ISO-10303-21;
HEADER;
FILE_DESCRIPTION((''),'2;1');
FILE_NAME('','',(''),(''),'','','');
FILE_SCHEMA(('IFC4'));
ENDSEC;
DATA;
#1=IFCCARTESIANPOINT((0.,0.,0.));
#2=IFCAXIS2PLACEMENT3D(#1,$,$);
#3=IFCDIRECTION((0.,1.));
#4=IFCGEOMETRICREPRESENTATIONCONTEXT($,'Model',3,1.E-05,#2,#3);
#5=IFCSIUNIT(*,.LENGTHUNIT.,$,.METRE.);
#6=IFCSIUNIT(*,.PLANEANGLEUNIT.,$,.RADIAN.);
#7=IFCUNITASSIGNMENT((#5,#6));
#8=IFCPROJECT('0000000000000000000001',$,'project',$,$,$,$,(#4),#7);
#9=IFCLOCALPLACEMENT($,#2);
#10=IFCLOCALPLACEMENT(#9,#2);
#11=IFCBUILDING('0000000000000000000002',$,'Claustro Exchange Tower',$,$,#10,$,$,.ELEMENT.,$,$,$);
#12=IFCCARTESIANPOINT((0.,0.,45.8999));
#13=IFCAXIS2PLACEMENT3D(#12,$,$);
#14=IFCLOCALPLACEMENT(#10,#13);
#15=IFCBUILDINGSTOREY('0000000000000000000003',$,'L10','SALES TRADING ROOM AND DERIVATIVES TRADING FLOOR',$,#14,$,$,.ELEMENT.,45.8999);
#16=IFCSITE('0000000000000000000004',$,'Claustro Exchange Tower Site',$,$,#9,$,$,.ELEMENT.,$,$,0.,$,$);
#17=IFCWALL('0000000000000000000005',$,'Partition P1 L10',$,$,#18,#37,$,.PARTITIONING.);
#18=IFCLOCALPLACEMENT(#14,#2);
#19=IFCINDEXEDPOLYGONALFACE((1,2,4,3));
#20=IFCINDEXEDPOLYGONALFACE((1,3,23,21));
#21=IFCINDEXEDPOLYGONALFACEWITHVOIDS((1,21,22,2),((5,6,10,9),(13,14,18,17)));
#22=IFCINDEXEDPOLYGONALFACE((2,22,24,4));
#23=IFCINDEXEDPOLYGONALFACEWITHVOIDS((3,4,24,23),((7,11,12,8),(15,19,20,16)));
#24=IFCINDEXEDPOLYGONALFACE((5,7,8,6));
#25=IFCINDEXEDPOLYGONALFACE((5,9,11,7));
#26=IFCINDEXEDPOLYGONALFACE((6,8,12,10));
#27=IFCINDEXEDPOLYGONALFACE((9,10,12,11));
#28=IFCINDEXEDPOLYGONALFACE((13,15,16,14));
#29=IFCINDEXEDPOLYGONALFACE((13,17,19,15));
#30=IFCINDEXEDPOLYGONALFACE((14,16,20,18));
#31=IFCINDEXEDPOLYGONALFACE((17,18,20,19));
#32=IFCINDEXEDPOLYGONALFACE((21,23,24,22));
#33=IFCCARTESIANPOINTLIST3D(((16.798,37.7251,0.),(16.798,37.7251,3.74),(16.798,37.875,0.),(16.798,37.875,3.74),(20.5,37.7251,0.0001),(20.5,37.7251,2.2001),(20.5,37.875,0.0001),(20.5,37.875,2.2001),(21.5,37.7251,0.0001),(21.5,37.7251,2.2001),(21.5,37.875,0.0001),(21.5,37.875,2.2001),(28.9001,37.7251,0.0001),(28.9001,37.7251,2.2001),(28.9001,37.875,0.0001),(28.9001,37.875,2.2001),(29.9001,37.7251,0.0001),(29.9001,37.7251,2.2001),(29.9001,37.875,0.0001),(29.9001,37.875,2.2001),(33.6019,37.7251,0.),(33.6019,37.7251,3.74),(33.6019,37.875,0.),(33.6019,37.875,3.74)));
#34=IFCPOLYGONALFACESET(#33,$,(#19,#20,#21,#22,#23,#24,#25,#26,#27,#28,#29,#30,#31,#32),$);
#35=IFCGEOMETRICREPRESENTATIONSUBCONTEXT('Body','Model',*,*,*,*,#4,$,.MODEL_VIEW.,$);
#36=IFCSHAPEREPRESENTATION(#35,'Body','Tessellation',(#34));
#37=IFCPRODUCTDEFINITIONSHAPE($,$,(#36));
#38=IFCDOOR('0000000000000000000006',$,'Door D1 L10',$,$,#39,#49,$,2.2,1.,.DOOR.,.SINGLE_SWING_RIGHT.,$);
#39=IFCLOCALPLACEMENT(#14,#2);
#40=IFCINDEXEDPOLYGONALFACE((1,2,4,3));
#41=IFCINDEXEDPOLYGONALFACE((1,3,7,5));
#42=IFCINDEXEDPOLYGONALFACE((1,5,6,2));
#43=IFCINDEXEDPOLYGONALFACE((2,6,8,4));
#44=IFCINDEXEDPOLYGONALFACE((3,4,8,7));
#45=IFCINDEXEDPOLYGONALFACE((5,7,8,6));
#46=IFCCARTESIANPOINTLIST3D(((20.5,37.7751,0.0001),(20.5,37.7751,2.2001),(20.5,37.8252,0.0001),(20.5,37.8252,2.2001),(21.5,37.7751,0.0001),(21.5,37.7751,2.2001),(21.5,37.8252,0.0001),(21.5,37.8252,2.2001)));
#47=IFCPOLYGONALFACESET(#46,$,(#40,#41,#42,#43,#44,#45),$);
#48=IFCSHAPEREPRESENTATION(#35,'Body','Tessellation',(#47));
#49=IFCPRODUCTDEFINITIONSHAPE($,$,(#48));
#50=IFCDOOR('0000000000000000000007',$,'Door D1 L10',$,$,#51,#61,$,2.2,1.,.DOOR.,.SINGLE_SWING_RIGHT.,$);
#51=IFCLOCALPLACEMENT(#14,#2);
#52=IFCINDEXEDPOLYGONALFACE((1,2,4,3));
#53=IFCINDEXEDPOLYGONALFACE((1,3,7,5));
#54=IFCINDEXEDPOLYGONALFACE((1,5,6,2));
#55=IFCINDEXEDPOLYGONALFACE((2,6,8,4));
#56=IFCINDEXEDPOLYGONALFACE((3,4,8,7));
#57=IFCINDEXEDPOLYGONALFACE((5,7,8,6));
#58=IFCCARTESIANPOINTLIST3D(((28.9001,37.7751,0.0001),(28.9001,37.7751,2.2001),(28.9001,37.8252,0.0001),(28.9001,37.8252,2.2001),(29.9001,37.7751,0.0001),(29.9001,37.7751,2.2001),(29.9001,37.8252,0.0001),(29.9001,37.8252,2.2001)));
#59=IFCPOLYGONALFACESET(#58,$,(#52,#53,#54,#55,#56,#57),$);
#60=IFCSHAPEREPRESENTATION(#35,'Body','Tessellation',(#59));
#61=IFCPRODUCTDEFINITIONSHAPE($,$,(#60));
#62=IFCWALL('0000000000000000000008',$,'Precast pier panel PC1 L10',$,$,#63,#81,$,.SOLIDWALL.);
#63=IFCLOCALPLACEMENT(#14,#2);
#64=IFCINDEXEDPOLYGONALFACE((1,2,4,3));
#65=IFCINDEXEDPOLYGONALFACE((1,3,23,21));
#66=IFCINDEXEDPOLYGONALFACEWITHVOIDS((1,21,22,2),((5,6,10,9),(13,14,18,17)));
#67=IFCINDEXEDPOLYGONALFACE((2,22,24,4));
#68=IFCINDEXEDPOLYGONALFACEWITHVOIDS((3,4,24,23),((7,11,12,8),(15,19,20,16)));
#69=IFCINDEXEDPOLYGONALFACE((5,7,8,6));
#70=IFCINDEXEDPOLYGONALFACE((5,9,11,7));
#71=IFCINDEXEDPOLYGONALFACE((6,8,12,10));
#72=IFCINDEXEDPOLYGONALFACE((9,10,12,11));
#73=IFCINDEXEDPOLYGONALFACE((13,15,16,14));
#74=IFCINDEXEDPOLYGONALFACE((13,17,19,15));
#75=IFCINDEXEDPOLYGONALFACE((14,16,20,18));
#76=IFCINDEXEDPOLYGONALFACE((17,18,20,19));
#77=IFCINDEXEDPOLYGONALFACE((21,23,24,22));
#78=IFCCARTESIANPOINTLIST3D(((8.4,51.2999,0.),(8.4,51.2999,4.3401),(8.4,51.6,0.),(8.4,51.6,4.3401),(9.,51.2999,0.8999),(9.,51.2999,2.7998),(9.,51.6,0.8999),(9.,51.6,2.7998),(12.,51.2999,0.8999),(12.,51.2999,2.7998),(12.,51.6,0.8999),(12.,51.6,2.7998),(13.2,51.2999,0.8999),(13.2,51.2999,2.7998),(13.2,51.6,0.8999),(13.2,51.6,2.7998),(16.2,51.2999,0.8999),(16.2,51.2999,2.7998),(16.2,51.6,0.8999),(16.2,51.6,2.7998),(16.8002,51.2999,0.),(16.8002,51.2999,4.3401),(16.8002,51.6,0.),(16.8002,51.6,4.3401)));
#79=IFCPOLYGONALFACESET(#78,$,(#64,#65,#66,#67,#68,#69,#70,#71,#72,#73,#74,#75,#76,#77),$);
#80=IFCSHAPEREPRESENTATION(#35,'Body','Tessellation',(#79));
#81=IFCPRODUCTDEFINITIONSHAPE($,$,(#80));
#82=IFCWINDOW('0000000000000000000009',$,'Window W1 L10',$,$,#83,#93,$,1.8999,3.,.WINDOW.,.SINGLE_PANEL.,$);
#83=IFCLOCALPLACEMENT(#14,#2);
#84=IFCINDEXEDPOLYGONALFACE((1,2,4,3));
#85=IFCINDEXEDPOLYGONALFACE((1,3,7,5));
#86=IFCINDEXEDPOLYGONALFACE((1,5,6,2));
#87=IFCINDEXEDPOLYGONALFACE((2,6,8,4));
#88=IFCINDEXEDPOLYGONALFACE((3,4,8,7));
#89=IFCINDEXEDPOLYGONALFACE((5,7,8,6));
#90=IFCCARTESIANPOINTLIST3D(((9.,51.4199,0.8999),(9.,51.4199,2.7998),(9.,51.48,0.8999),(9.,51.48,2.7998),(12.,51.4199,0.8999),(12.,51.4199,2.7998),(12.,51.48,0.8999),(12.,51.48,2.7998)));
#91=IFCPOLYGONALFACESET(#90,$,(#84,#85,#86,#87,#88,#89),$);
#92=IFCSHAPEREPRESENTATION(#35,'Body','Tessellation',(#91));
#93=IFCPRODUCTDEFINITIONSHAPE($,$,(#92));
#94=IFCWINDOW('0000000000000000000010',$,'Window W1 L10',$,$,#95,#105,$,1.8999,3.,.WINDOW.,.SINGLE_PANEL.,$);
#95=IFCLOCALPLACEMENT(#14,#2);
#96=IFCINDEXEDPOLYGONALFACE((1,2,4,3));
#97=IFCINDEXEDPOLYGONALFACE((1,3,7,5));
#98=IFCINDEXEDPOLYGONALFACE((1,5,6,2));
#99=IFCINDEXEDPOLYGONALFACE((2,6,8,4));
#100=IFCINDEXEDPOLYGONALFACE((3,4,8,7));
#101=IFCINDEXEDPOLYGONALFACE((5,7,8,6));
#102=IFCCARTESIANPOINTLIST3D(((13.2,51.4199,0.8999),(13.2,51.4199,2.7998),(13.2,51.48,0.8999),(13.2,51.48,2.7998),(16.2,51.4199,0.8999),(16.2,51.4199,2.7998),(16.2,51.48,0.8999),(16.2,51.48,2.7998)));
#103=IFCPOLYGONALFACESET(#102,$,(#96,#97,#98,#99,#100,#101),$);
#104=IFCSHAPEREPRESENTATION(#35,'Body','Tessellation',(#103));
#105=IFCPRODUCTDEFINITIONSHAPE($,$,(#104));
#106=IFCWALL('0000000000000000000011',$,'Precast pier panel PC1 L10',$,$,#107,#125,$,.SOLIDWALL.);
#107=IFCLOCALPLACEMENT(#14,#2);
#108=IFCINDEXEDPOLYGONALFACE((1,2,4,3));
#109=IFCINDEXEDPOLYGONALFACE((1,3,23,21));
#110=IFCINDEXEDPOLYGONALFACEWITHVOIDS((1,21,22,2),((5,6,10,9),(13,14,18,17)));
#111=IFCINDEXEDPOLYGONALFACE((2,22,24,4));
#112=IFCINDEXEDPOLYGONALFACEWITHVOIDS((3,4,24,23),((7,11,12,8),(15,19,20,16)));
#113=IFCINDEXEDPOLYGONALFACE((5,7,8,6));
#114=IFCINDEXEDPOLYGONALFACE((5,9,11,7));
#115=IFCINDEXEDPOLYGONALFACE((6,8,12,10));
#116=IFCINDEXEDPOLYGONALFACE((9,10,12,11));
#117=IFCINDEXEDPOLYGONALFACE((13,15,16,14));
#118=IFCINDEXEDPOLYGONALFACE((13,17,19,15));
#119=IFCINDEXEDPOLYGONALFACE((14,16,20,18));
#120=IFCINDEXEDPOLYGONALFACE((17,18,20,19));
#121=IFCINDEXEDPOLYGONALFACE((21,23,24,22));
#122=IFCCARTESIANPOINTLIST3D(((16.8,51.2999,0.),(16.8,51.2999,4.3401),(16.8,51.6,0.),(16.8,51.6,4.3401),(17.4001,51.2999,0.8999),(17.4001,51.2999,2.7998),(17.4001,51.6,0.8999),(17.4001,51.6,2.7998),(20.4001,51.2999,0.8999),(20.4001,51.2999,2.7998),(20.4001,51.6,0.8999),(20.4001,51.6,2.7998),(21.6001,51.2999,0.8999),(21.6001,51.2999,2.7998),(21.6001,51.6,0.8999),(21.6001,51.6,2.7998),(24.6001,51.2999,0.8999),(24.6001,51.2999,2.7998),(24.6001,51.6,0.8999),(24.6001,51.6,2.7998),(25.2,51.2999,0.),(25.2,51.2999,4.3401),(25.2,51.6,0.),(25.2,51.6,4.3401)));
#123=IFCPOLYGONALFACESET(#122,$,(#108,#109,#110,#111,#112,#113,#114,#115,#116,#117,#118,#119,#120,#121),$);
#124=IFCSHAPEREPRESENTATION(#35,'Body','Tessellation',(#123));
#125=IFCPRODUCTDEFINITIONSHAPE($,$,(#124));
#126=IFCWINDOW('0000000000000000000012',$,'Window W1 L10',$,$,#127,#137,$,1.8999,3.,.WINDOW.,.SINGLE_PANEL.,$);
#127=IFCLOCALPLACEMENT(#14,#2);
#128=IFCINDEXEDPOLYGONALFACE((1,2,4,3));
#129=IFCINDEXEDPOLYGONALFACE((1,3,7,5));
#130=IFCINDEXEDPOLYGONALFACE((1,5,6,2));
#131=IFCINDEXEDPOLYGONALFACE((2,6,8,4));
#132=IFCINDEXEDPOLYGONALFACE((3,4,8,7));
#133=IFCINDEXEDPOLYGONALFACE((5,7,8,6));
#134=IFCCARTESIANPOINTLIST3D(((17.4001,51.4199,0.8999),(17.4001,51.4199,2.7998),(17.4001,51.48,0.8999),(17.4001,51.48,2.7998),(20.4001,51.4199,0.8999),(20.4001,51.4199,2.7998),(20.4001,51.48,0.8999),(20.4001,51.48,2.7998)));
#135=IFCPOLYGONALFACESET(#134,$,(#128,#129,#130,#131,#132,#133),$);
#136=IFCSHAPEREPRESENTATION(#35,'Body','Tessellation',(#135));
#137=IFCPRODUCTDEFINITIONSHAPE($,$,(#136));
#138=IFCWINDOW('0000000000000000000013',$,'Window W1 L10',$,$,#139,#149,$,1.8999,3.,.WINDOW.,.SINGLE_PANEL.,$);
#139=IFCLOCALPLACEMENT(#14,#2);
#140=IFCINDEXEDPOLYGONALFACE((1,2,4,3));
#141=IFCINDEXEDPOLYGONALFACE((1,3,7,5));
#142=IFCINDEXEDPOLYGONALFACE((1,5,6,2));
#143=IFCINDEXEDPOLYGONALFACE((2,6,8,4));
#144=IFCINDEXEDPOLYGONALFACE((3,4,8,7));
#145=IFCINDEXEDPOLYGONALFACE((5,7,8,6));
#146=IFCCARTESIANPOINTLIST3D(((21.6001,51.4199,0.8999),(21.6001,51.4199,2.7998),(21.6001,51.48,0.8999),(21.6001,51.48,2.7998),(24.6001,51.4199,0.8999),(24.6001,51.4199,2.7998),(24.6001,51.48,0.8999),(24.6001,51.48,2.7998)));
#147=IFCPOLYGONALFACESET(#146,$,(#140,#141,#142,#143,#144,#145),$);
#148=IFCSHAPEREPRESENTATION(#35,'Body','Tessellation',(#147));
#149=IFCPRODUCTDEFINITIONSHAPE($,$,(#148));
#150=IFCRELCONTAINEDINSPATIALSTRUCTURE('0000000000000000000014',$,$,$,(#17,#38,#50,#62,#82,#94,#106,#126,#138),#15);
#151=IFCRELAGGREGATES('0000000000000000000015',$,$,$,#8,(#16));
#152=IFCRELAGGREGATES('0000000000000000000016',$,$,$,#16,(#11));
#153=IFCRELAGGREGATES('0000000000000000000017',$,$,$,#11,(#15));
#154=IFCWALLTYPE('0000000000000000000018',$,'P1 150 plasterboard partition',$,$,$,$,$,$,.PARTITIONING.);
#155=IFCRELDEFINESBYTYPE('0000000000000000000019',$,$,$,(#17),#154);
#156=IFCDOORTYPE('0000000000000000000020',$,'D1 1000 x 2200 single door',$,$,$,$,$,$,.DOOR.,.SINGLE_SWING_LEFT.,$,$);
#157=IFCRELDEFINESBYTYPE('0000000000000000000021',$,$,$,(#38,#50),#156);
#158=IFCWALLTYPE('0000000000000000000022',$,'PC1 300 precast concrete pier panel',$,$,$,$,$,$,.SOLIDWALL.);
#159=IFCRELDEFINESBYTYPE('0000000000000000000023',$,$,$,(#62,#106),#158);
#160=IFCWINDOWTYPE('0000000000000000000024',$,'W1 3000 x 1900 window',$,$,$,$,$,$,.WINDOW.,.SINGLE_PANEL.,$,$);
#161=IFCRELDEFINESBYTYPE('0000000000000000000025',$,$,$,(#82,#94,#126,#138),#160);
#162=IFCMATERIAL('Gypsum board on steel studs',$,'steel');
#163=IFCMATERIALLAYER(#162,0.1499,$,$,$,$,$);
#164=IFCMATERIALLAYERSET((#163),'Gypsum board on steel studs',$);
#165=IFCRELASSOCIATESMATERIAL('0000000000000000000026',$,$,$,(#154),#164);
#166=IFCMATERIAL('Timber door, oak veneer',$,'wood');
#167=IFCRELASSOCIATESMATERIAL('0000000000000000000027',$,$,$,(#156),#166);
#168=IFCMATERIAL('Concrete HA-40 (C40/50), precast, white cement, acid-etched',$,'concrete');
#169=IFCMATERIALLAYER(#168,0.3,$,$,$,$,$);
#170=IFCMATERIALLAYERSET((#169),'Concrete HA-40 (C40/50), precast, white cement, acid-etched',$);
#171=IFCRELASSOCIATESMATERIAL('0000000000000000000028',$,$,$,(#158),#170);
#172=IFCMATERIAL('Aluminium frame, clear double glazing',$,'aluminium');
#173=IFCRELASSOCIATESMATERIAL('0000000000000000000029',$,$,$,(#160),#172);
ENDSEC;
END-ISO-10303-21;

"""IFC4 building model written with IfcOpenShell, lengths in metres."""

from ifc_helpers import new_model, si_unit, direction, frame, frame_2d, origin, place, context, subcontext, project, spatial, rectangle, extrude, material, layer, layer_set, type_object, element, fill, save


model = new_model("IFC4")

# Units and contexts
model_context = context("Model", 3, precision=1e-05, world=origin(), true_north=direction((0.0, 1.0)))
body_context = subcontext(model_context, "Body", "Model", "MODEL_VIEW")
ifc_project = project(units=[si_unit("LENGTHUNIT", "METRE"), si_unit("PLANEANGLEUNIT", "RADIAN")], contexts=[model_context])

# Site, building, storey
site_placement = place(None, origin())
site = spatial("IfcSite", under=ifc_project, at=site_placement, Name="Claustro Exchange Tower Site", CompositionType="ELEMENT", RefElevation=0.0)
building_placement = place(site_placement, origin())
building = spatial("IfcBuilding", under=site, at=building_placement, Name="Claustro Exchange Tower", CompositionType="ELEMENT")
storey_placement = place(building_placement, frame((0.0, 0.0, 45.8999)))
storey = spatial("IfcBuildingStorey", under=building, at=storey_placement, Name="L10", Description="SALES TRADING ROOM AND DERIVATIVES TRADING FLOOR", CompositionType="ELEMENT", Elevation=45.8999)

# Shared definitions
ifc_material_1 = material(Name="Gypsum board on steel studs", Category="steel")
ifc_layer_1 = layer(ifc_material_1, 0.1499)
ifc_layer_set_1 = layer_set([ifc_layer_1], Name="Gypsum board on steel studs")
wall_type_1 = type_object("IfcWallType", Name="P1 150 plasterboard partition", PredefinedType="PARTITIONING", material=ifc_layer_set_1)
ifc_material_2 = material(Name="Timber door, oak veneer", Category="wood")
door_type = type_object("IfcDoorType", Name="D1 1000 x 2200 single door", OperationType="SINGLE_SWING_LEFT", PredefinedType="DOOR", material=ifc_material_2)

# Wall, openings, doors
wall_1_placement = place(storey_placement, frame((16.7981, 37.8, 0.0), z_axis=(0.0, 0.0, 1.0), x_axis=(1.0, 0.0, 0.0)))
wall_1 = element("IfcWall", 1, at=wall_1_placement, inside=storey, type_object=wall_type_1, Name="Partition P1 L10", PredefinedType="PARTITIONING", context=body_context, shape_type="SweptSolid", body=[
    extrude(rectangle(XDim=16.804, YDim=0.1499, at=frame_2d((8.4019, 0.0))), origin(), (0.0, 0.0, 1.0), 3.74),
])
opening_1_placement = place(wall_1_placement, frame((3.7019, 0.0, 0.0)))
opening_1 = element("IfcOpeningElement", 2, at=opening_1_placement, cuts=wall_1, PredefinedType="OPENING", context=body_context, shape_type="SweptSolid", body=[
    extrude(rectangle(XDim=1.0, YDim=2.2, at=frame_2d((0.5, 1.1001))), frame((0.0, 0.085, 0.0), z_axis=(0.0, -1.0, 0.0), x_axis=(1.0, 0.0, 0.0)), (0.0, 0.0, 1.0), 0.1699),
])
opening_2_placement = place(wall_1_placement, frame((12.1021, 0.0, 0.0)))
opening_2 = element("IfcOpeningElement", 3, at=opening_2_placement, cuts=wall_1, PredefinedType="OPENING", context=body_context, shape_type="SweptSolid", body=[
    extrude(rectangle(XDim=1.0, YDim=2.2, at=frame_2d((0.5, 1.1001))), frame((0.0, 0.085, 0.0), z_axis=(0.0, -1.0, 0.0), x_axis=(1.0, 0.0, 0.0)), (0.0, 0.0, 1.0), 0.1699),
])
door_1_placement = place(opening_1_placement, frame((1.0, 0.0, 0.0), z_axis=(0.0, 0.0, 1.0), x_axis=(-1.0, 0.0, 0.0)))
door_1 = element("IfcDoor", 4, at=door_1_placement, inside=storey, type_object=door_type, Name="Door D1 L10", OperationType="SINGLE_SWING_RIGHT", OverallHeight=2.2, OverallWidth=1.0, PredefinedType="DOOR", context=body_context, shape_type="SweptSolid", body=[
    extrude(rectangle(XDim=1.0, YDim=2.2, at=frame_2d((0.5, 1.1001))), frame((0.0, 0.0249, 0.0), z_axis=(0.0, -1.0, 0.0), x_axis=(1.0, 0.0, 0.0)), (0.0, 0.0, 1.0), 0.05),
])
fill(opening_1, door_1)
door_2_placement = place(opening_2_placement, frame((1.0, 0.0, 0.0), z_axis=(0.0, 0.0, 1.0), x_axis=(-1.0, 0.0, 0.0)))
door_2 = element("IfcDoor", 5, at=door_2_placement, inside=storey, type_object=door_type, Name="Door D1 L10", OperationType="SINGLE_SWING_RIGHT", OverallHeight=2.2, OverallWidth=1.0, PredefinedType="DOOR", context=body_context, shape_type="SweptSolid", body=[
    extrude(rectangle(XDim=1.0, YDim=2.2, at=frame_2d((0.5, 1.1001))), frame((0.0, 0.0249, 0.0), z_axis=(0.0, -1.0, 0.0), x_axis=(1.0, 0.0, 0.0)), (0.0, 0.0, 1.0), 0.05),
])
fill(opening_2, door_2)

# Walls, openings, windows
ifc_material_3 = material(Name="Concrete HA-40 (C40/50), precast, white cement, acid-etched", Category="concrete")
ifc_layer_2 = layer(ifc_material_3, 0.3)
ifc_layer_set_2 = layer_set([ifc_layer_2], Name="Concrete HA-40 (C40/50), precast, white cement, acid-etched")
wall_type_2 = type_object("IfcWallType", Name="PC1 300 precast concrete pier panel", PredefinedType="SOLIDWALL", material=ifc_layer_set_2)
wall_2_placement = place(storey_placement, frame((8.3999, 51.45, 0.0), z_axis=(0.0, 0.0, 1.0), x_axis=(1.0, 0.0, 0.0)))
wall_2 = element("IfcWall", 6, at=wall_2_placement, inside=storey, type_object=wall_type_2, Name="Precast pier panel PC1 L10", PredefinedType="SOLIDWALL", context=body_context, shape_type="SweptSolid", body=[
    extrude(rectangle(XDim=8.4001, YDim=0.3, at=frame_2d((4.2002, 0.0))), origin(), (0.0, 0.0, 1.0), 4.3401),
])
opening_3_placement = place(wall_2_placement, frame((0.6001, 0.0, 0.8999)))
opening_3 = element("IfcOpeningElement", 7, at=opening_3_placement, cuts=wall_2, PredefinedType="OPENING", context=body_context, shape_type="SweptSolid", body=[
    extrude(rectangle(XDim=3.0, YDim=1.8999, at=frame_2d((1.5, 0.95))), frame((0.0, 0.1599, 0.0), z_axis=(0.0, -1.0, 0.0), x_axis=(1.0, 0.0, 0.0)), (0.0, 0.0, 1.0), 0.3201),
])
opening_4_placement = place(wall_2_placement, frame((4.8, 0.0, 0.8999)))
opening_4 = element("IfcOpeningElement", 8, at=opening_4_placement, cuts=wall_2, PredefinedType="OPENING", context=body_context, shape_type="SweptSolid", body=[
    extrude(rectangle(XDim=3.0, YDim=1.8999, at=frame_2d((1.5, 0.95))), frame((0.0, 0.1599, 0.0), z_axis=(0.0, -1.0, 0.0), x_axis=(1.0, 0.0, 0.0)), (0.0, 0.0, 1.0), 0.3201),
])
ifc_material_4 = material(Name="Aluminium frame, clear double glazing", Category="aluminium")
window_type = type_object("IfcWindowType", Name="W1 3000 x 1900 window", PartitioningType="SINGLE_PANEL", PredefinedType="WINDOW", material=ifc_material_4)
window_1_placement = place(opening_3_placement, origin())
window_1 = element("IfcWindow", 9, at=window_1_placement, inside=storey, type_object=window_type, Name="Window W1 L10", OverallHeight=1.8999, OverallWidth=3.0, PartitioningType="SINGLE_PANEL", PredefinedType="WINDOW", context=body_context, shape_type="SweptSolid", body=[
    extrude(rectangle(XDim=3.0, YDim=1.8999, at=frame_2d((1.5, 0.95))), frame((0.0, 0.03, 0.0), z_axis=(0.0, -1.0, 0.0), x_axis=(1.0, 0.0, 0.0)), (0.0, 0.0, 1.0), 0.0601),
])
fill(opening_3, window_1)
window_2_placement = place(opening_4_placement, origin())
window_2 = element("IfcWindow", 10, at=window_2_placement, inside=storey, type_object=window_type, Name="Window W1 L10", OverallHeight=1.8999, OverallWidth=3.0, PartitioningType="SINGLE_PANEL", PredefinedType="WINDOW", context=body_context, shape_type="SweptSolid", body=[
    extrude(rectangle(XDim=3.0, YDim=1.8999, at=frame_2d((1.5, 0.95))), frame((0.0, 0.03, 0.0), z_axis=(0.0, -1.0, 0.0), x_axis=(1.0, 0.0, 0.0)), (0.0, 0.0, 1.0), 0.0601),
])
fill(opening_4, window_2)
wall_3_placement = place(storey_placement, frame((16.8, 51.45, 0.0), z_axis=(0.0, 0.0, 1.0), x_axis=(1.0, 0.0, 0.0)))
wall_3 = element("IfcWall", 11, at=wall_3_placement, inside=storey, type_object=wall_type_2, Name="Precast pier panel PC1 L10", PredefinedType="SOLIDWALL", context=body_context, shape_type="SweptSolid", body=[
    extrude(rectangle(XDim=8.3999, YDim=0.3, at=frame_2d((4.2, 0.0))), origin(), (0.0, 0.0, 1.0), 4.3401),
])
opening_5_placement = place(wall_3_placement, frame((0.6001, 0.0, 0.8999)))
opening_5 = element("IfcOpeningElement", 12, at=opening_5_placement, cuts=wall_3, PredefinedType="OPENING", context=body_context, shape_type="SweptSolid", body=[
    extrude(rectangle(XDim=3.0, YDim=1.8999, at=frame_2d((1.5, 0.95))), frame((0.0, 0.1599, 0.0), z_axis=(0.0, -1.0, 0.0), x_axis=(1.0, 0.0, 0.0)), (0.0, 0.0, 1.0), 0.3201),
])
opening_6_placement = place(wall_3_placement, frame((4.8, 0.0, 0.8999)))
opening_6 = element("IfcOpeningElement", 13, at=opening_6_placement, cuts=wall_3, PredefinedType="OPENING", context=body_context, shape_type="SweptSolid", body=[
    extrude(rectangle(XDim=3.0, YDim=1.8999, at=frame_2d((1.5, 0.95))), frame((0.0, 0.1599, 0.0), z_axis=(0.0, -1.0, 0.0), x_axis=(1.0, 0.0, 0.0)), (0.0, 0.0, 1.0), 0.3201),
])
window_3_placement = place(opening_5_placement, origin())
window_3 = element("IfcWindow", 14, at=window_3_placement, inside=storey, type_object=window_type, Name="Window W1 L10", OverallHeight=1.8999, OverallWidth=3.0, PartitioningType="SINGLE_PANEL", PredefinedType="WINDOW", context=body_context, shape_type="SweptSolid", body=[
    extrude(rectangle(XDim=3.0, YDim=1.8999, at=frame_2d((1.5, 0.95))), frame((0.0, 0.03, 0.0), z_axis=(0.0, -1.0, 0.0), x_axis=(1.0, 0.0, 0.0)), (0.0, 0.0, 1.0), 0.0601),
])
fill(opening_5, window_3)
window_4_placement = place(opening_6_placement, origin())
window_4 = element("IfcWindow", 15, at=window_4_placement, inside=storey, type_object=window_type, Name="Window W1 L10", OverallHeight=1.8999, OverallWidth=3.0, PartitioningType="SINGLE_PANEL", PredefinedType="WINDOW", context=body_context, shape_type="SweptSolid", body=[
    extrude(rectangle(XDim=3.0, YDim=1.8999, at=frame_2d((1.5, 0.95))), frame((0.0, 0.03, 0.0), z_axis=(0.0, -1.0, 0.0), x_axis=(1.0, 0.0, 0.0)), (0.0, 0.0, 1.0), 0.0601),
])
fill(opening_6, window_4)

save(model, "model.ifc")
